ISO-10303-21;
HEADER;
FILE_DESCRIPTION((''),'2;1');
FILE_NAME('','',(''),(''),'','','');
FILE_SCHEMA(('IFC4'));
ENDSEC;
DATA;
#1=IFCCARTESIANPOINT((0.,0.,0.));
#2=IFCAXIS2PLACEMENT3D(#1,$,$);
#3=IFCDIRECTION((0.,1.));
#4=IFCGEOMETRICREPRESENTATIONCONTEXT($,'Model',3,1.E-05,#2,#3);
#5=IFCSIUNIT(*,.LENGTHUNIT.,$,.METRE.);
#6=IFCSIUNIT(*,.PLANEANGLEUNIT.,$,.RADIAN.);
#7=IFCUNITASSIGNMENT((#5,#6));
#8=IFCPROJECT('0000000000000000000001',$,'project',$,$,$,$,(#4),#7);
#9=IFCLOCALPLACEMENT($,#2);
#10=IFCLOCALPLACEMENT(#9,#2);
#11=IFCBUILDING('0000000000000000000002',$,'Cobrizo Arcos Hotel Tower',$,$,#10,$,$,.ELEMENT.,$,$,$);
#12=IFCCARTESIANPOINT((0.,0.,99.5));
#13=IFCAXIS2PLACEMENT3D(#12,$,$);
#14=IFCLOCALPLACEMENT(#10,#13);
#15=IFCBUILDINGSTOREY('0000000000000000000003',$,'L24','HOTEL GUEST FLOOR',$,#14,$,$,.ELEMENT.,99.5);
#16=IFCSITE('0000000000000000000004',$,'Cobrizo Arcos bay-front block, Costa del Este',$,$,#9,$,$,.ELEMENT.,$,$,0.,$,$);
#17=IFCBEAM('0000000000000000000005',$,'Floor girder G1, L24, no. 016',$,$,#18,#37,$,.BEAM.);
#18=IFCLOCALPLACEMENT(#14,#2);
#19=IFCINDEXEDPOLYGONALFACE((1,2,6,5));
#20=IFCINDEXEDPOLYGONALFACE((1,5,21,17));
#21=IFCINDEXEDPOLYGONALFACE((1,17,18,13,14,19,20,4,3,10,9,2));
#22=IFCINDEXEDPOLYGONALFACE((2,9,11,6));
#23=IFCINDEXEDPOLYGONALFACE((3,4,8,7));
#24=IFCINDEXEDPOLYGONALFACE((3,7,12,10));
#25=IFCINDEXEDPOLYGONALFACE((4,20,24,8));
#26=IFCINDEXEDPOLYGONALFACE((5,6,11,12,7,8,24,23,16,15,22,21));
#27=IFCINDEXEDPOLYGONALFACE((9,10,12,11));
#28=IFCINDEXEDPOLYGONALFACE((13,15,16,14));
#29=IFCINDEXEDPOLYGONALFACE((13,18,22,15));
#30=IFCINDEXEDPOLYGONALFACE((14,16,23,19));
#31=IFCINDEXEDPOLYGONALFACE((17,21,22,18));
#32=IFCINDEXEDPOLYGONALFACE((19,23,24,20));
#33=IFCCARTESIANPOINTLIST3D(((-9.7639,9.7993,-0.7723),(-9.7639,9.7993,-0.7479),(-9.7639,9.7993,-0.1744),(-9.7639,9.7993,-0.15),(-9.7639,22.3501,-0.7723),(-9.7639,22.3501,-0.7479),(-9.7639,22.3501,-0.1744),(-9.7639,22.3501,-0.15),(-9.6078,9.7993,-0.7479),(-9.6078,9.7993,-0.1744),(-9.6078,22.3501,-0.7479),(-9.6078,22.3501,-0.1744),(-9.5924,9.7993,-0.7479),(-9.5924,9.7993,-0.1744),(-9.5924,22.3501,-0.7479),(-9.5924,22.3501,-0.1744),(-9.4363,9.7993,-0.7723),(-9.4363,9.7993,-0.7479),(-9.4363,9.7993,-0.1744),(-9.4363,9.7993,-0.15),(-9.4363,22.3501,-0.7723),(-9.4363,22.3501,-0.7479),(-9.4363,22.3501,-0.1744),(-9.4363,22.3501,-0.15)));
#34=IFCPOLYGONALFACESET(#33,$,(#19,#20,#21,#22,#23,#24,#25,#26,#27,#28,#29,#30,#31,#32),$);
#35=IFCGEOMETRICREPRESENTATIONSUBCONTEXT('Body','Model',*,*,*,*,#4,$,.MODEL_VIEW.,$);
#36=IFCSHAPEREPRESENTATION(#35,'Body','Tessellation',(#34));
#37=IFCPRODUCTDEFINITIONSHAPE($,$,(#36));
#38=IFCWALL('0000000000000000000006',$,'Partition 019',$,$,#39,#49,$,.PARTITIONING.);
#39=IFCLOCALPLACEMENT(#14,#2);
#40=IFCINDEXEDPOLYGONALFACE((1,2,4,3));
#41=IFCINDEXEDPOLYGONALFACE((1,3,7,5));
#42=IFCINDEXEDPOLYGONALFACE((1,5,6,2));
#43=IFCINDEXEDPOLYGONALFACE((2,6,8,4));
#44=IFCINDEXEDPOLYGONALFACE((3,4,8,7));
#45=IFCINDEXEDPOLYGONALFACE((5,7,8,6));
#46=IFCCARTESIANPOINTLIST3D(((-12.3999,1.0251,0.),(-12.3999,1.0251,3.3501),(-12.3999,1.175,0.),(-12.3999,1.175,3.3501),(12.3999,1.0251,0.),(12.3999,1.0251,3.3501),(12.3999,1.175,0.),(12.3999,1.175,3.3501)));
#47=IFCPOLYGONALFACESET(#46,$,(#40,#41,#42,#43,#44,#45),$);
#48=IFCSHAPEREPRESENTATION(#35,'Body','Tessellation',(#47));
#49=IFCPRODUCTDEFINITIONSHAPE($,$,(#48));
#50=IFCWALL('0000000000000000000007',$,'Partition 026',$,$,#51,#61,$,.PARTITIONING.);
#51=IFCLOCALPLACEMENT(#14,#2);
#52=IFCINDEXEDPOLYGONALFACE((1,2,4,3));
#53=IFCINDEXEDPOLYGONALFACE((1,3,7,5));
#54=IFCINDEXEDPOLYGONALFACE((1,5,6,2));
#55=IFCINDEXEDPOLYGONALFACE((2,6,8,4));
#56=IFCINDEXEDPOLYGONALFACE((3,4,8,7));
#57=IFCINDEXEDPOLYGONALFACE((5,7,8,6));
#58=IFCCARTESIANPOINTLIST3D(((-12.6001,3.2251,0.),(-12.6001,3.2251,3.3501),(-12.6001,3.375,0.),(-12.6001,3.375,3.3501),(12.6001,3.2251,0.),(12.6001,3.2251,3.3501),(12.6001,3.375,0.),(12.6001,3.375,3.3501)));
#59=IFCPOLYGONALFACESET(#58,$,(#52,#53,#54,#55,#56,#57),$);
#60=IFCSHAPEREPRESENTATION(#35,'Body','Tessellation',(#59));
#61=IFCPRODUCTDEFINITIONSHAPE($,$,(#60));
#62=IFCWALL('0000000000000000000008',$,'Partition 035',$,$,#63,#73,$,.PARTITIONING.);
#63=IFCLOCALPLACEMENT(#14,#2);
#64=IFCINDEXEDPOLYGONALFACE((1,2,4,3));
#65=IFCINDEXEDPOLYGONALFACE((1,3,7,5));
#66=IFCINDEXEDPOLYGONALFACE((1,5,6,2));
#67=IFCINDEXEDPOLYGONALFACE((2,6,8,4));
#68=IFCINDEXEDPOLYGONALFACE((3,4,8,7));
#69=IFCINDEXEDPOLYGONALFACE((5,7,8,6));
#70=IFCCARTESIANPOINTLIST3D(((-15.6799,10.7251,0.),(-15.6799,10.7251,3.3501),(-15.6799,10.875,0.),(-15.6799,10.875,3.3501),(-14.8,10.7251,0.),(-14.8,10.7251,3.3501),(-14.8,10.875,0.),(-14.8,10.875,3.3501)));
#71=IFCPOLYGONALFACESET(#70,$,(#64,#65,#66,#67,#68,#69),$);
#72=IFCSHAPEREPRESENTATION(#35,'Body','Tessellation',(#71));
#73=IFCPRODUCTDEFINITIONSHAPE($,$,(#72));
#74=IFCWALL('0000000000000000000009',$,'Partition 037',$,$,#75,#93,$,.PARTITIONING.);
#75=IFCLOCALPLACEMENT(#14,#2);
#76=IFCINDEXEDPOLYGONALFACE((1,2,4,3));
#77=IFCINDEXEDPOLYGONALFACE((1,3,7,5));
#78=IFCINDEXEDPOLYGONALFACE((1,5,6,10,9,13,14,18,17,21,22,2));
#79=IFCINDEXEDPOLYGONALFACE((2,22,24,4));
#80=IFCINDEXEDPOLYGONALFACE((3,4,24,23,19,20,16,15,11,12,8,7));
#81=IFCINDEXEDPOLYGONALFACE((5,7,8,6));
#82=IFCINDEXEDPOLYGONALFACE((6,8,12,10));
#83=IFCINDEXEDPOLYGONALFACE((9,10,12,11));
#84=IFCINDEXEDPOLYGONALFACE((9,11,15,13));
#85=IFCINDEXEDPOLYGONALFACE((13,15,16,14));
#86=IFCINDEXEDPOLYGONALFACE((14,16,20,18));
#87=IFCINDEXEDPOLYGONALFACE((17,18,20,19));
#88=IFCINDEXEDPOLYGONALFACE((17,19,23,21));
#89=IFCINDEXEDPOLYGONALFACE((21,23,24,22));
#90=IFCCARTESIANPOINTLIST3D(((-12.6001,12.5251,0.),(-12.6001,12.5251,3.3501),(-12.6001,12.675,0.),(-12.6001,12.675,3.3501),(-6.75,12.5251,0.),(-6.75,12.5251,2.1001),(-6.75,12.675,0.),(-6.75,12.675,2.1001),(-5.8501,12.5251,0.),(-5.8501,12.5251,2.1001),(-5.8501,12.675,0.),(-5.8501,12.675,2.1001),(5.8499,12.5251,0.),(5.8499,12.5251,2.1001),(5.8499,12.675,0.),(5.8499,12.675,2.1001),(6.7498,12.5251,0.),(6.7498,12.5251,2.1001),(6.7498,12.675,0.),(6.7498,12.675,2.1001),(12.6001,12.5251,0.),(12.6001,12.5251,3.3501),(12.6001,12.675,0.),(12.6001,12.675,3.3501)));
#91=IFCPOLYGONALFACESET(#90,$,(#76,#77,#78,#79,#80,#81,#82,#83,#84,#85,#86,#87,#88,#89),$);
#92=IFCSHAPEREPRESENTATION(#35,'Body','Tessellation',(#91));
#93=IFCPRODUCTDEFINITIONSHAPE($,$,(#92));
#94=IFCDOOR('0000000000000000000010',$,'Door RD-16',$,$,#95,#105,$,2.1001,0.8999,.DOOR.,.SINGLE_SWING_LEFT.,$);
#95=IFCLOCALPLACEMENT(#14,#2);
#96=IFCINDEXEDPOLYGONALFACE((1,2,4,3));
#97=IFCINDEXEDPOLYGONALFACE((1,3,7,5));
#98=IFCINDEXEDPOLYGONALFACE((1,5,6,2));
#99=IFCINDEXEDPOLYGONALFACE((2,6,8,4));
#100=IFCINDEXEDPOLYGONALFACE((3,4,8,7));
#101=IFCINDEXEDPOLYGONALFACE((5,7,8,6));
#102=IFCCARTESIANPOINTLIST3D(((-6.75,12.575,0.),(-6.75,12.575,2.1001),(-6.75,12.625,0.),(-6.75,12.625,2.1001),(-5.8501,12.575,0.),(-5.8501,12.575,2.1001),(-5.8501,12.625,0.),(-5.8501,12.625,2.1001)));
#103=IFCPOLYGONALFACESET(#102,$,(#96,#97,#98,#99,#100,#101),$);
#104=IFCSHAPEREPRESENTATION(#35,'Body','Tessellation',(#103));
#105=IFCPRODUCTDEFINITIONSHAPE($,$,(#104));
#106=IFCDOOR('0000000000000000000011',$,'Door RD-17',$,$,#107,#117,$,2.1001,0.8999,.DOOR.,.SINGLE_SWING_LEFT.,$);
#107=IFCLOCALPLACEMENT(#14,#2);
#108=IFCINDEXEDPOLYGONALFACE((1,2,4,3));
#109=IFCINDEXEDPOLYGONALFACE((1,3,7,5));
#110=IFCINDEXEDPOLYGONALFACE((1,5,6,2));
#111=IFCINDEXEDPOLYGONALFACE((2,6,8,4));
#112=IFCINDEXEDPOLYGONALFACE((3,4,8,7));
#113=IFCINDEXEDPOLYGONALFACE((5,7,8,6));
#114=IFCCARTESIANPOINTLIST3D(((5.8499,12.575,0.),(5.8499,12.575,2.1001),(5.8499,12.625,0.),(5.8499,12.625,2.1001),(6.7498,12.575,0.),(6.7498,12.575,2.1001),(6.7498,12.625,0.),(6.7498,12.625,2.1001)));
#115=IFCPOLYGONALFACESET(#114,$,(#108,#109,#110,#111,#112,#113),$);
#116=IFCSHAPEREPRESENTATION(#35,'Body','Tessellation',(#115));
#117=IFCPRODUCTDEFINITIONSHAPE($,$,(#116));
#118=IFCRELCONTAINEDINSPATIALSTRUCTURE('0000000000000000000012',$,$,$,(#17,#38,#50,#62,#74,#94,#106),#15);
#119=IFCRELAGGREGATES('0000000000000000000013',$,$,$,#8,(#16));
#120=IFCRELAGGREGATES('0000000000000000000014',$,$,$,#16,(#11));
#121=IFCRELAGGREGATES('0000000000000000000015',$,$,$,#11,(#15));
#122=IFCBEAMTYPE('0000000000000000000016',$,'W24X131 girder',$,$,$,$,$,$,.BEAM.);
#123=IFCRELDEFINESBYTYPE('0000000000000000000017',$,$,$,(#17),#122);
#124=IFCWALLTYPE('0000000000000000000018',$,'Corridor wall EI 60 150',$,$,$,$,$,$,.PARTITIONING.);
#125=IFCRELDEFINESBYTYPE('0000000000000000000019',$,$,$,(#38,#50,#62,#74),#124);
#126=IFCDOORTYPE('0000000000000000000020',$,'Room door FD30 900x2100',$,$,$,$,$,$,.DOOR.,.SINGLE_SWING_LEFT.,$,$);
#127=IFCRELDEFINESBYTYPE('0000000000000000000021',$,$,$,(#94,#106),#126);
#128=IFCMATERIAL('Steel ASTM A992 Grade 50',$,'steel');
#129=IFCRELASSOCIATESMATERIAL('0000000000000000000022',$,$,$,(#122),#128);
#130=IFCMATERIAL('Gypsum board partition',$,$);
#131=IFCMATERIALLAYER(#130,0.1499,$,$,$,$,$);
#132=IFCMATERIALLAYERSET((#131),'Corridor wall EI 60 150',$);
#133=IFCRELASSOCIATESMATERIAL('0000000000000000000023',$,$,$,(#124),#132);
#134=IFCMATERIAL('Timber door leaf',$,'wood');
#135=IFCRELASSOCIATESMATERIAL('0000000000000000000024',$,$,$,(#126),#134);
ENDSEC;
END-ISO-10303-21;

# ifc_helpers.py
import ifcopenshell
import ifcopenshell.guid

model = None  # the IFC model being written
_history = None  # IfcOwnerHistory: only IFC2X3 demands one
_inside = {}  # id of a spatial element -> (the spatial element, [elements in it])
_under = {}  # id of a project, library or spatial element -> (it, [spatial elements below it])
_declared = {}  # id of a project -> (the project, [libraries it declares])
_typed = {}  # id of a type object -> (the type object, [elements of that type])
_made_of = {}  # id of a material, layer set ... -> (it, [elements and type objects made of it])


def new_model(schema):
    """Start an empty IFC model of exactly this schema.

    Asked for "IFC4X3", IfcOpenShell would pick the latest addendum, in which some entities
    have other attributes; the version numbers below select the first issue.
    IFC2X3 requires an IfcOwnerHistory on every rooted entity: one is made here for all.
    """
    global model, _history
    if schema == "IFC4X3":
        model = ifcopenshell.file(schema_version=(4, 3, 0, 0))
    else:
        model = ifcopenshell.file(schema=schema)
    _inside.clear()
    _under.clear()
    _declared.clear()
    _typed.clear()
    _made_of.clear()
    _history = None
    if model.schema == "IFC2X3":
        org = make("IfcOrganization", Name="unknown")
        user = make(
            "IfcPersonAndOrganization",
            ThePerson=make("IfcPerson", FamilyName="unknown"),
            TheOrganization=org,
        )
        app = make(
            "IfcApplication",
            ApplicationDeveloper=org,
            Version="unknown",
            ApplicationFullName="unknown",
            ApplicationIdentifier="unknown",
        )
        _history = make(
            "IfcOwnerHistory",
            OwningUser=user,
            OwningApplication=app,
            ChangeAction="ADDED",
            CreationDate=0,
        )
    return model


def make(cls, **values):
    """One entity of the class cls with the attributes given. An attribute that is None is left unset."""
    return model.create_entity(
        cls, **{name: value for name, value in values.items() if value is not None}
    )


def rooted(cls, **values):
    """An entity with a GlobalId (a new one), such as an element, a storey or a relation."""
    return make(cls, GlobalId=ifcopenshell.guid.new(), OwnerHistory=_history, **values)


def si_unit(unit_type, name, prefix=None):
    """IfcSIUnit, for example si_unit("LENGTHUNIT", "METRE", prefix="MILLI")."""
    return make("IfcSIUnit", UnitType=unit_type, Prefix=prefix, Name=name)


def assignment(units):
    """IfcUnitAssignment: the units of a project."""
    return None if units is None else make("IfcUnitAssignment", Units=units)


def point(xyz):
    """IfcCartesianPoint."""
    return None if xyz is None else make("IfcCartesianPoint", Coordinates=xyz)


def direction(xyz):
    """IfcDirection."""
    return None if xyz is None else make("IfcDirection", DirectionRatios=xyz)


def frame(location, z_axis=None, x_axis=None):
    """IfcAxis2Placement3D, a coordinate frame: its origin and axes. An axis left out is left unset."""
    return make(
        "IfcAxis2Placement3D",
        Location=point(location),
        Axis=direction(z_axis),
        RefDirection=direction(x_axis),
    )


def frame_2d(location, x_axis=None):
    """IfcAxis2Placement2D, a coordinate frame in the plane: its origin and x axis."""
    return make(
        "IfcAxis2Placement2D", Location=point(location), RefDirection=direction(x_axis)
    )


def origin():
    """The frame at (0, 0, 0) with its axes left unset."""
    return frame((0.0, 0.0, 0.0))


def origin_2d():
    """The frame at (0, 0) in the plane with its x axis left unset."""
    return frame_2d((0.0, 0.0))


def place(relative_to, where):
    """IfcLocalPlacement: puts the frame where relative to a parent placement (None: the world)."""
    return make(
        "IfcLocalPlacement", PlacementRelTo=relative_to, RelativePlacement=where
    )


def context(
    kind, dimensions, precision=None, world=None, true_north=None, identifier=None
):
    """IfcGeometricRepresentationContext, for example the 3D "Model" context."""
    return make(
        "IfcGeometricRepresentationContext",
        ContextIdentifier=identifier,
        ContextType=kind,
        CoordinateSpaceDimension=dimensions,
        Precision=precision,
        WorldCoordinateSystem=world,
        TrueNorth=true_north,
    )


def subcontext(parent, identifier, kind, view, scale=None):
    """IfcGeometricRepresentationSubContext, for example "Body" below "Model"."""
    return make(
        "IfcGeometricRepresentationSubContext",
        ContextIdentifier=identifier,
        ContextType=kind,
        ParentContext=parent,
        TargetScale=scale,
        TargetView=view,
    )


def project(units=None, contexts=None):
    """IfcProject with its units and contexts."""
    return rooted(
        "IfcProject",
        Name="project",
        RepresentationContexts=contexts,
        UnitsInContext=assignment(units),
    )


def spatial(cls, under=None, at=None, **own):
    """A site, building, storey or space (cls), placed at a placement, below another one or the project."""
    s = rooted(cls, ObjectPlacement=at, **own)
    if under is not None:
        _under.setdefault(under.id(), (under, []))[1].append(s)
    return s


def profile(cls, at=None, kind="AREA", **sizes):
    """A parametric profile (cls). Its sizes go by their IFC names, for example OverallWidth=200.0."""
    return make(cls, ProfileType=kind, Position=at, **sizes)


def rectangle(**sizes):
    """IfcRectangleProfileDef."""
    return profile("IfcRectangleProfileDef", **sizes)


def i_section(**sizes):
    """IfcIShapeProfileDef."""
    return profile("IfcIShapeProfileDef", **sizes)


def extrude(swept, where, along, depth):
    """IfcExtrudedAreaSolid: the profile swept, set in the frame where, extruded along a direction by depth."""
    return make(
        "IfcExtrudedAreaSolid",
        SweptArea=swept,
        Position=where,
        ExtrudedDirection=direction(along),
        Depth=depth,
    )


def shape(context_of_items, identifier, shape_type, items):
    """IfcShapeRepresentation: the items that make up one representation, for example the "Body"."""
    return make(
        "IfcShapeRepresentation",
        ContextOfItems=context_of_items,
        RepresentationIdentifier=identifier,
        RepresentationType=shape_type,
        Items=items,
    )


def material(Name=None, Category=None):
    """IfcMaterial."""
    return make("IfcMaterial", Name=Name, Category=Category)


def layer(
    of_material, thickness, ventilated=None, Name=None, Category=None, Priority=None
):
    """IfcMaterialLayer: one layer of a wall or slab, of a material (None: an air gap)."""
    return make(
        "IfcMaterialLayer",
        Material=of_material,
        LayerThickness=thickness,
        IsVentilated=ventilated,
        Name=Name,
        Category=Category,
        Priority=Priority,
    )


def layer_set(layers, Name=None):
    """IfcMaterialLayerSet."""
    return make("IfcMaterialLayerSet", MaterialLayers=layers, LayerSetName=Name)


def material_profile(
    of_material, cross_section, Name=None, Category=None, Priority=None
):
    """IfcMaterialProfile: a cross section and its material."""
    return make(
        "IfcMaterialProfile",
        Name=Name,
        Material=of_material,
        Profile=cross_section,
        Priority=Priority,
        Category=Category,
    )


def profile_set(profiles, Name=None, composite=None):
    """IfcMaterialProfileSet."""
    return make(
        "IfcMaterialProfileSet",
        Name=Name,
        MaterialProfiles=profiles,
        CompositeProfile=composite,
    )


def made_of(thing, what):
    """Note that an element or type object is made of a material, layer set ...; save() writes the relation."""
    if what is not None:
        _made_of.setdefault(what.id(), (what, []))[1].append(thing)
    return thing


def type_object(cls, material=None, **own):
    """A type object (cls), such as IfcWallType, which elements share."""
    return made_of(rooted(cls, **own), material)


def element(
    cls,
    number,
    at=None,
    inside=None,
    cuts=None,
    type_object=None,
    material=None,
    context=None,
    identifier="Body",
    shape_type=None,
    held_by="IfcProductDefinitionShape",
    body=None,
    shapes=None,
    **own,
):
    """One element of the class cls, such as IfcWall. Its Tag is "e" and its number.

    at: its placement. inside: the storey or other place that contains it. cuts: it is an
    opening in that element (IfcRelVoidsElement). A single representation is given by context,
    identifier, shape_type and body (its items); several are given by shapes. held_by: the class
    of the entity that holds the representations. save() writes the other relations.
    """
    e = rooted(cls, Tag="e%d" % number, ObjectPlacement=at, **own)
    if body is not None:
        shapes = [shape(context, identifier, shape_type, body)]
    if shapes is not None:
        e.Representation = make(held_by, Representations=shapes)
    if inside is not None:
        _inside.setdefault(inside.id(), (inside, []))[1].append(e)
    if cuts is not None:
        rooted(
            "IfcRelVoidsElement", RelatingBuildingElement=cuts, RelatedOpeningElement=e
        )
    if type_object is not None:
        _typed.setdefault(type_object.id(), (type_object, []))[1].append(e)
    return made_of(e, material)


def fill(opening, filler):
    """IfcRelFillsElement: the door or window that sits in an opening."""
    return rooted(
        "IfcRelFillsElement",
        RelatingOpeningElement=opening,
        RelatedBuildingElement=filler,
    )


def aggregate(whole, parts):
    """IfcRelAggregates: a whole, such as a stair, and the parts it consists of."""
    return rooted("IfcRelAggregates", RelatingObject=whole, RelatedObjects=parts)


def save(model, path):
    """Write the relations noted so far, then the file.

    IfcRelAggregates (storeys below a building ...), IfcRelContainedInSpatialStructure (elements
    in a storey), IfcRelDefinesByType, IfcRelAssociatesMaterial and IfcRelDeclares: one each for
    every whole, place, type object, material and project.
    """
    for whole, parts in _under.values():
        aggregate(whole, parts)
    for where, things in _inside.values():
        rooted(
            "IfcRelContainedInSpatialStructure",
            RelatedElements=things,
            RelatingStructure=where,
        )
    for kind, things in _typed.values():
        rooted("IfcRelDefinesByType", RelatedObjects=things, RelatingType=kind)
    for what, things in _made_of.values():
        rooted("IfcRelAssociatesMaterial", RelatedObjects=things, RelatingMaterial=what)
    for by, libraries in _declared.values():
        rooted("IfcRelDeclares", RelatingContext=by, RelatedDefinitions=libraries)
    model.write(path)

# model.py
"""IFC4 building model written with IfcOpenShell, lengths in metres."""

from ifc_helpers import new_model, si_unit, direction, frame, frame_2d, origin, origin_2d, place, context, subcontext, project, spatial, rectangle, i_section, extrude, material, layer, layer_set, material_profile, profile_set, type_object, element, fill, save


model = new_model("IFC4")

# Units and contexts
model_context = context("Model", 3, precision=1e-05, world=origin(), true_north=direction((0.0, 1.0)))
body_context = subcontext(model_context, "Body", "Model", "MODEL_VIEW")
ifc_project = project(units=[si_unit("LENGTHUNIT", "METRE"), si_unit("PLANEANGLEUNIT", "RADIAN")], contexts=[model_context])

# Site, building, storey
site_placement = place(None, origin())
site = spatial("IfcSite", under=ifc_project, at=site_placement, Name="Cobrizo Arcos bay-front block, Costa del Este", CompositionType="ELEMENT", RefElevation=0.0)
building_placement = place(site_placement, origin())
building = spatial("IfcBuilding", under=site, at=building_placement, Name="Cobrizo Arcos Hotel Tower", CompositionType="ELEMENT")
storey_placement = place(building_placement, frame((0.0, 0.0, 99.5)))
storey = spatial("IfcBuildingStorey", under=building, at=storey_placement, Name="L24", Description="HOTEL GUEST FLOOR", CompositionType="ELEMENT", Elevation=99.5)

# Shared definitions
ifc_material_1 = material(Name="Steel ASTM A992 Grade 50", Category="steel")

# Beam
ifc_material_profile_1 = material_profile(ifc_material_1, i_section(OverallWidth=0.3276, OverallDepth=0.6223, WebThickness=0.0154, FlangeThickness=0.0244, at=origin_2d()), Name="W24X131")
ifc_profile_set_1 = profile_set([ifc_material_profile_1], Name="Steel ASTM A992 Grade 50")
beam_type_1 = type_object("IfcBeamType", Name="W24X131 girder", PredefinedType="BEAM", material=ifc_profile_set_1)
beam_1_placement = place(storey_placement, frame((-9.6001, 9.7993, -0.4612), z_axis=(0.0, 1.0, 0.0), x_axis=(-1.0, 0.0, 0.0)))
element("IfcBeam", 1, at=beam_1_placement, inside=storey, type_object=beam_type_1, Name="Floor girder G1, L24, no. 016", PredefinedType="BEAM", context=body_context, shape_type="SweptSolid", body=[
    extrude(i_section(OverallWidth=0.3276, OverallDepth=0.6223, WebThickness=0.0154, FlangeThickness=0.0244, at=origin_2d()), origin(), (0.0, 0.0, 1.0), 12.5508),
])

# Walls
ifc_material_2 = material(Name="Gypsum board partition")
ifc_layer_1 = layer(ifc_material_2, 0.1499)
ifc_layer_set_1 = layer_set([ifc_layer_1], Name="Corridor wall EI 60 150")
wall_type_1 = type_object("IfcWallType", Name="Corridor wall EI 60 150", PredefinedType="PARTITIONING", material=ifc_layer_set_1)
wall_1_placement = place(storey_placement, frame((-12.3999, 1.1001, 0.0), z_axis=(0.0, 0.0, 1.0), x_axis=(1.0, 0.0, 0.0)))
element("IfcWall", 2, at=wall_1_placement, inside=storey, type_object=wall_type_1, Name="Partition 019", PredefinedType="PARTITIONING", context=body_context, shape_type="SweptSolid", body=[
    extrude(rectangle(XDim=24.7998, YDim=0.1499, at=frame_2d((12.3999, 0.0))), origin(), (0.0, 0.0, 1.0), 3.3501),
])
wall_2_placement = place(storey_placement, frame((-12.6001, 3.3, 0.0), z_axis=(0.0, 0.0, 1.0), x_axis=(1.0, 0.0, 0.0)))
element("IfcWall", 3, at=wall_2_placement, inside=storey, type_object=wall_type_1, Name="Partition 026", PredefinedType="PARTITIONING", context=body_context, shape_type="SweptSolid", body=[
    extrude(rectangle(XDim=25.2002, YDim=0.1499, at=frame_2d((12.6001, 0.0))), origin(), (0.0, 0.0, 1.0), 3.3501),
])
wall_3_placement = place(storey_placement, frame((-15.6799, 10.8, 0.0), z_axis=(0.0, 0.0, 1.0), x_axis=(1.0, 0.0, 0.0)))
element("IfcWall", 4, at=wall_3_placement, inside=storey, type_object=wall_type_1, Name="Partition 035", PredefinedType="PARTITIONING", context=body_context, shape_type="SweptSolid", body=[
    extrude(rectangle(XDim=0.8799, YDim=0.1499, at=frame_2d((0.4399, 0.0))), origin(), (0.0, 0.0, 1.0), 3.3501),
])

# Wall, openings, doors
wall_4_placement = place(storey_placement, frame((-12.6001, 12.6001, 0.0), z_axis=(0.0, 0.0, 1.0), x_axis=(1.0, 0.0, 0.0)))
wall_4 = element("IfcWall", 5, at=wall_4_placement, inside=storey, type_object=wall_type_1, Name="Partition 037", PredefinedType="PARTITIONING", context=body_context, shape_type="SweptSolid", body=[
    extrude(rectangle(XDim=25.2002, YDim=0.1499, at=frame_2d((12.6001, 0.0))), origin(), (0.0, 0.0, 1.0), 3.3501),
])
opening_1_placement = place(wall_4_placement, frame((5.8501, 0.0, 0.0)))
opening_1 = element("IfcOpeningElement", 6, at=opening_1_placement, cuts=wall_4, PredefinedType="OPENING", context=body_context, shape_type="SweptSolid", body=[
    extrude(rectangle(XDim=0.8999, YDim=2.1001, at=frame_2d((0.45, 1.05))), frame((0.0, 0.0869, 0.0), z_axis=(0.0, -1.0, 0.0), x_axis=(1.0, 0.0, 0.0)), (0.0, 0.0, 1.0), 0.1738),
])
opening_2_placement = place(wall_4_placement, frame((18.45, 0.0, 0.0)))
opening_2 = element("IfcOpeningElement", 7, at=opening_2_placement, cuts=wall_4, PredefinedType="OPENING", context=body_context, shape_type="SweptSolid", body=[
    extrude(rectangle(XDim=0.8999, YDim=2.1001, at=frame_2d((0.45, 1.05))), frame((0.0, 0.0869, 0.0), z_axis=(0.0, -1.0, 0.0), x_axis=(1.0, 0.0, 0.0)), (0.0, 0.0, 1.0), 0.1738),
])
ifc_material_3 = material(Name="Timber door leaf", Category="wood")
door_type_1 = type_object("IfcDoorType", Name="Room door FD30 900x2100", OperationType="SINGLE_SWING_LEFT", PredefinedType="DOOR", material=ifc_material_3)
door_1_placement = place(opening_1_placement, origin())
door_1 = element("IfcDoor", 8, at=door_1_placement, inside=storey, type_object=door_type_1, Name="Door RD-16", OperationType="SINGLE_SWING_LEFT", OverallHeight=2.1001, OverallWidth=0.8999, PredefinedType="DOOR", context=body_context, shape_type="SweptSolid", body=[
    extrude(rectangle(XDim=0.8999, YDim=2.1001, at=frame_2d((0.45, 1.05))), frame((0.0, 0.0249, 0.0), z_axis=(0.0, -1.0, 0.0), x_axis=(1.0, 0.0, 0.0)), (0.0, 0.0, 1.0), 0.05),
])
fill(opening_1, door_1)
door_2_placement = place(opening_2_placement, origin())
door_2 = element("IfcDoor", 9, at=door_2_placement, inside=storey, type_object=door_type_1, Name="Door RD-17", OperationType="SINGLE_SWING_LEFT", OverallHeight=2.1001, OverallWidth=0.8999, PredefinedType="DOOR", context=body_context, shape_type="SweptSolid", body=[
    extrude(rectangle(XDim=0.8999, YDim=2.1001, at=frame_2d((0.45, 1.05))), frame((0.0, 0.0249, 0.0), z_axis=(0.0, -1.0, 0.0), x_axis=(1.0, 0.0, 0.0)), (0.0, 0.0, 1.0), 0.05),
])
fill(opening_2, door_2)

save(model, "model.ifc")
